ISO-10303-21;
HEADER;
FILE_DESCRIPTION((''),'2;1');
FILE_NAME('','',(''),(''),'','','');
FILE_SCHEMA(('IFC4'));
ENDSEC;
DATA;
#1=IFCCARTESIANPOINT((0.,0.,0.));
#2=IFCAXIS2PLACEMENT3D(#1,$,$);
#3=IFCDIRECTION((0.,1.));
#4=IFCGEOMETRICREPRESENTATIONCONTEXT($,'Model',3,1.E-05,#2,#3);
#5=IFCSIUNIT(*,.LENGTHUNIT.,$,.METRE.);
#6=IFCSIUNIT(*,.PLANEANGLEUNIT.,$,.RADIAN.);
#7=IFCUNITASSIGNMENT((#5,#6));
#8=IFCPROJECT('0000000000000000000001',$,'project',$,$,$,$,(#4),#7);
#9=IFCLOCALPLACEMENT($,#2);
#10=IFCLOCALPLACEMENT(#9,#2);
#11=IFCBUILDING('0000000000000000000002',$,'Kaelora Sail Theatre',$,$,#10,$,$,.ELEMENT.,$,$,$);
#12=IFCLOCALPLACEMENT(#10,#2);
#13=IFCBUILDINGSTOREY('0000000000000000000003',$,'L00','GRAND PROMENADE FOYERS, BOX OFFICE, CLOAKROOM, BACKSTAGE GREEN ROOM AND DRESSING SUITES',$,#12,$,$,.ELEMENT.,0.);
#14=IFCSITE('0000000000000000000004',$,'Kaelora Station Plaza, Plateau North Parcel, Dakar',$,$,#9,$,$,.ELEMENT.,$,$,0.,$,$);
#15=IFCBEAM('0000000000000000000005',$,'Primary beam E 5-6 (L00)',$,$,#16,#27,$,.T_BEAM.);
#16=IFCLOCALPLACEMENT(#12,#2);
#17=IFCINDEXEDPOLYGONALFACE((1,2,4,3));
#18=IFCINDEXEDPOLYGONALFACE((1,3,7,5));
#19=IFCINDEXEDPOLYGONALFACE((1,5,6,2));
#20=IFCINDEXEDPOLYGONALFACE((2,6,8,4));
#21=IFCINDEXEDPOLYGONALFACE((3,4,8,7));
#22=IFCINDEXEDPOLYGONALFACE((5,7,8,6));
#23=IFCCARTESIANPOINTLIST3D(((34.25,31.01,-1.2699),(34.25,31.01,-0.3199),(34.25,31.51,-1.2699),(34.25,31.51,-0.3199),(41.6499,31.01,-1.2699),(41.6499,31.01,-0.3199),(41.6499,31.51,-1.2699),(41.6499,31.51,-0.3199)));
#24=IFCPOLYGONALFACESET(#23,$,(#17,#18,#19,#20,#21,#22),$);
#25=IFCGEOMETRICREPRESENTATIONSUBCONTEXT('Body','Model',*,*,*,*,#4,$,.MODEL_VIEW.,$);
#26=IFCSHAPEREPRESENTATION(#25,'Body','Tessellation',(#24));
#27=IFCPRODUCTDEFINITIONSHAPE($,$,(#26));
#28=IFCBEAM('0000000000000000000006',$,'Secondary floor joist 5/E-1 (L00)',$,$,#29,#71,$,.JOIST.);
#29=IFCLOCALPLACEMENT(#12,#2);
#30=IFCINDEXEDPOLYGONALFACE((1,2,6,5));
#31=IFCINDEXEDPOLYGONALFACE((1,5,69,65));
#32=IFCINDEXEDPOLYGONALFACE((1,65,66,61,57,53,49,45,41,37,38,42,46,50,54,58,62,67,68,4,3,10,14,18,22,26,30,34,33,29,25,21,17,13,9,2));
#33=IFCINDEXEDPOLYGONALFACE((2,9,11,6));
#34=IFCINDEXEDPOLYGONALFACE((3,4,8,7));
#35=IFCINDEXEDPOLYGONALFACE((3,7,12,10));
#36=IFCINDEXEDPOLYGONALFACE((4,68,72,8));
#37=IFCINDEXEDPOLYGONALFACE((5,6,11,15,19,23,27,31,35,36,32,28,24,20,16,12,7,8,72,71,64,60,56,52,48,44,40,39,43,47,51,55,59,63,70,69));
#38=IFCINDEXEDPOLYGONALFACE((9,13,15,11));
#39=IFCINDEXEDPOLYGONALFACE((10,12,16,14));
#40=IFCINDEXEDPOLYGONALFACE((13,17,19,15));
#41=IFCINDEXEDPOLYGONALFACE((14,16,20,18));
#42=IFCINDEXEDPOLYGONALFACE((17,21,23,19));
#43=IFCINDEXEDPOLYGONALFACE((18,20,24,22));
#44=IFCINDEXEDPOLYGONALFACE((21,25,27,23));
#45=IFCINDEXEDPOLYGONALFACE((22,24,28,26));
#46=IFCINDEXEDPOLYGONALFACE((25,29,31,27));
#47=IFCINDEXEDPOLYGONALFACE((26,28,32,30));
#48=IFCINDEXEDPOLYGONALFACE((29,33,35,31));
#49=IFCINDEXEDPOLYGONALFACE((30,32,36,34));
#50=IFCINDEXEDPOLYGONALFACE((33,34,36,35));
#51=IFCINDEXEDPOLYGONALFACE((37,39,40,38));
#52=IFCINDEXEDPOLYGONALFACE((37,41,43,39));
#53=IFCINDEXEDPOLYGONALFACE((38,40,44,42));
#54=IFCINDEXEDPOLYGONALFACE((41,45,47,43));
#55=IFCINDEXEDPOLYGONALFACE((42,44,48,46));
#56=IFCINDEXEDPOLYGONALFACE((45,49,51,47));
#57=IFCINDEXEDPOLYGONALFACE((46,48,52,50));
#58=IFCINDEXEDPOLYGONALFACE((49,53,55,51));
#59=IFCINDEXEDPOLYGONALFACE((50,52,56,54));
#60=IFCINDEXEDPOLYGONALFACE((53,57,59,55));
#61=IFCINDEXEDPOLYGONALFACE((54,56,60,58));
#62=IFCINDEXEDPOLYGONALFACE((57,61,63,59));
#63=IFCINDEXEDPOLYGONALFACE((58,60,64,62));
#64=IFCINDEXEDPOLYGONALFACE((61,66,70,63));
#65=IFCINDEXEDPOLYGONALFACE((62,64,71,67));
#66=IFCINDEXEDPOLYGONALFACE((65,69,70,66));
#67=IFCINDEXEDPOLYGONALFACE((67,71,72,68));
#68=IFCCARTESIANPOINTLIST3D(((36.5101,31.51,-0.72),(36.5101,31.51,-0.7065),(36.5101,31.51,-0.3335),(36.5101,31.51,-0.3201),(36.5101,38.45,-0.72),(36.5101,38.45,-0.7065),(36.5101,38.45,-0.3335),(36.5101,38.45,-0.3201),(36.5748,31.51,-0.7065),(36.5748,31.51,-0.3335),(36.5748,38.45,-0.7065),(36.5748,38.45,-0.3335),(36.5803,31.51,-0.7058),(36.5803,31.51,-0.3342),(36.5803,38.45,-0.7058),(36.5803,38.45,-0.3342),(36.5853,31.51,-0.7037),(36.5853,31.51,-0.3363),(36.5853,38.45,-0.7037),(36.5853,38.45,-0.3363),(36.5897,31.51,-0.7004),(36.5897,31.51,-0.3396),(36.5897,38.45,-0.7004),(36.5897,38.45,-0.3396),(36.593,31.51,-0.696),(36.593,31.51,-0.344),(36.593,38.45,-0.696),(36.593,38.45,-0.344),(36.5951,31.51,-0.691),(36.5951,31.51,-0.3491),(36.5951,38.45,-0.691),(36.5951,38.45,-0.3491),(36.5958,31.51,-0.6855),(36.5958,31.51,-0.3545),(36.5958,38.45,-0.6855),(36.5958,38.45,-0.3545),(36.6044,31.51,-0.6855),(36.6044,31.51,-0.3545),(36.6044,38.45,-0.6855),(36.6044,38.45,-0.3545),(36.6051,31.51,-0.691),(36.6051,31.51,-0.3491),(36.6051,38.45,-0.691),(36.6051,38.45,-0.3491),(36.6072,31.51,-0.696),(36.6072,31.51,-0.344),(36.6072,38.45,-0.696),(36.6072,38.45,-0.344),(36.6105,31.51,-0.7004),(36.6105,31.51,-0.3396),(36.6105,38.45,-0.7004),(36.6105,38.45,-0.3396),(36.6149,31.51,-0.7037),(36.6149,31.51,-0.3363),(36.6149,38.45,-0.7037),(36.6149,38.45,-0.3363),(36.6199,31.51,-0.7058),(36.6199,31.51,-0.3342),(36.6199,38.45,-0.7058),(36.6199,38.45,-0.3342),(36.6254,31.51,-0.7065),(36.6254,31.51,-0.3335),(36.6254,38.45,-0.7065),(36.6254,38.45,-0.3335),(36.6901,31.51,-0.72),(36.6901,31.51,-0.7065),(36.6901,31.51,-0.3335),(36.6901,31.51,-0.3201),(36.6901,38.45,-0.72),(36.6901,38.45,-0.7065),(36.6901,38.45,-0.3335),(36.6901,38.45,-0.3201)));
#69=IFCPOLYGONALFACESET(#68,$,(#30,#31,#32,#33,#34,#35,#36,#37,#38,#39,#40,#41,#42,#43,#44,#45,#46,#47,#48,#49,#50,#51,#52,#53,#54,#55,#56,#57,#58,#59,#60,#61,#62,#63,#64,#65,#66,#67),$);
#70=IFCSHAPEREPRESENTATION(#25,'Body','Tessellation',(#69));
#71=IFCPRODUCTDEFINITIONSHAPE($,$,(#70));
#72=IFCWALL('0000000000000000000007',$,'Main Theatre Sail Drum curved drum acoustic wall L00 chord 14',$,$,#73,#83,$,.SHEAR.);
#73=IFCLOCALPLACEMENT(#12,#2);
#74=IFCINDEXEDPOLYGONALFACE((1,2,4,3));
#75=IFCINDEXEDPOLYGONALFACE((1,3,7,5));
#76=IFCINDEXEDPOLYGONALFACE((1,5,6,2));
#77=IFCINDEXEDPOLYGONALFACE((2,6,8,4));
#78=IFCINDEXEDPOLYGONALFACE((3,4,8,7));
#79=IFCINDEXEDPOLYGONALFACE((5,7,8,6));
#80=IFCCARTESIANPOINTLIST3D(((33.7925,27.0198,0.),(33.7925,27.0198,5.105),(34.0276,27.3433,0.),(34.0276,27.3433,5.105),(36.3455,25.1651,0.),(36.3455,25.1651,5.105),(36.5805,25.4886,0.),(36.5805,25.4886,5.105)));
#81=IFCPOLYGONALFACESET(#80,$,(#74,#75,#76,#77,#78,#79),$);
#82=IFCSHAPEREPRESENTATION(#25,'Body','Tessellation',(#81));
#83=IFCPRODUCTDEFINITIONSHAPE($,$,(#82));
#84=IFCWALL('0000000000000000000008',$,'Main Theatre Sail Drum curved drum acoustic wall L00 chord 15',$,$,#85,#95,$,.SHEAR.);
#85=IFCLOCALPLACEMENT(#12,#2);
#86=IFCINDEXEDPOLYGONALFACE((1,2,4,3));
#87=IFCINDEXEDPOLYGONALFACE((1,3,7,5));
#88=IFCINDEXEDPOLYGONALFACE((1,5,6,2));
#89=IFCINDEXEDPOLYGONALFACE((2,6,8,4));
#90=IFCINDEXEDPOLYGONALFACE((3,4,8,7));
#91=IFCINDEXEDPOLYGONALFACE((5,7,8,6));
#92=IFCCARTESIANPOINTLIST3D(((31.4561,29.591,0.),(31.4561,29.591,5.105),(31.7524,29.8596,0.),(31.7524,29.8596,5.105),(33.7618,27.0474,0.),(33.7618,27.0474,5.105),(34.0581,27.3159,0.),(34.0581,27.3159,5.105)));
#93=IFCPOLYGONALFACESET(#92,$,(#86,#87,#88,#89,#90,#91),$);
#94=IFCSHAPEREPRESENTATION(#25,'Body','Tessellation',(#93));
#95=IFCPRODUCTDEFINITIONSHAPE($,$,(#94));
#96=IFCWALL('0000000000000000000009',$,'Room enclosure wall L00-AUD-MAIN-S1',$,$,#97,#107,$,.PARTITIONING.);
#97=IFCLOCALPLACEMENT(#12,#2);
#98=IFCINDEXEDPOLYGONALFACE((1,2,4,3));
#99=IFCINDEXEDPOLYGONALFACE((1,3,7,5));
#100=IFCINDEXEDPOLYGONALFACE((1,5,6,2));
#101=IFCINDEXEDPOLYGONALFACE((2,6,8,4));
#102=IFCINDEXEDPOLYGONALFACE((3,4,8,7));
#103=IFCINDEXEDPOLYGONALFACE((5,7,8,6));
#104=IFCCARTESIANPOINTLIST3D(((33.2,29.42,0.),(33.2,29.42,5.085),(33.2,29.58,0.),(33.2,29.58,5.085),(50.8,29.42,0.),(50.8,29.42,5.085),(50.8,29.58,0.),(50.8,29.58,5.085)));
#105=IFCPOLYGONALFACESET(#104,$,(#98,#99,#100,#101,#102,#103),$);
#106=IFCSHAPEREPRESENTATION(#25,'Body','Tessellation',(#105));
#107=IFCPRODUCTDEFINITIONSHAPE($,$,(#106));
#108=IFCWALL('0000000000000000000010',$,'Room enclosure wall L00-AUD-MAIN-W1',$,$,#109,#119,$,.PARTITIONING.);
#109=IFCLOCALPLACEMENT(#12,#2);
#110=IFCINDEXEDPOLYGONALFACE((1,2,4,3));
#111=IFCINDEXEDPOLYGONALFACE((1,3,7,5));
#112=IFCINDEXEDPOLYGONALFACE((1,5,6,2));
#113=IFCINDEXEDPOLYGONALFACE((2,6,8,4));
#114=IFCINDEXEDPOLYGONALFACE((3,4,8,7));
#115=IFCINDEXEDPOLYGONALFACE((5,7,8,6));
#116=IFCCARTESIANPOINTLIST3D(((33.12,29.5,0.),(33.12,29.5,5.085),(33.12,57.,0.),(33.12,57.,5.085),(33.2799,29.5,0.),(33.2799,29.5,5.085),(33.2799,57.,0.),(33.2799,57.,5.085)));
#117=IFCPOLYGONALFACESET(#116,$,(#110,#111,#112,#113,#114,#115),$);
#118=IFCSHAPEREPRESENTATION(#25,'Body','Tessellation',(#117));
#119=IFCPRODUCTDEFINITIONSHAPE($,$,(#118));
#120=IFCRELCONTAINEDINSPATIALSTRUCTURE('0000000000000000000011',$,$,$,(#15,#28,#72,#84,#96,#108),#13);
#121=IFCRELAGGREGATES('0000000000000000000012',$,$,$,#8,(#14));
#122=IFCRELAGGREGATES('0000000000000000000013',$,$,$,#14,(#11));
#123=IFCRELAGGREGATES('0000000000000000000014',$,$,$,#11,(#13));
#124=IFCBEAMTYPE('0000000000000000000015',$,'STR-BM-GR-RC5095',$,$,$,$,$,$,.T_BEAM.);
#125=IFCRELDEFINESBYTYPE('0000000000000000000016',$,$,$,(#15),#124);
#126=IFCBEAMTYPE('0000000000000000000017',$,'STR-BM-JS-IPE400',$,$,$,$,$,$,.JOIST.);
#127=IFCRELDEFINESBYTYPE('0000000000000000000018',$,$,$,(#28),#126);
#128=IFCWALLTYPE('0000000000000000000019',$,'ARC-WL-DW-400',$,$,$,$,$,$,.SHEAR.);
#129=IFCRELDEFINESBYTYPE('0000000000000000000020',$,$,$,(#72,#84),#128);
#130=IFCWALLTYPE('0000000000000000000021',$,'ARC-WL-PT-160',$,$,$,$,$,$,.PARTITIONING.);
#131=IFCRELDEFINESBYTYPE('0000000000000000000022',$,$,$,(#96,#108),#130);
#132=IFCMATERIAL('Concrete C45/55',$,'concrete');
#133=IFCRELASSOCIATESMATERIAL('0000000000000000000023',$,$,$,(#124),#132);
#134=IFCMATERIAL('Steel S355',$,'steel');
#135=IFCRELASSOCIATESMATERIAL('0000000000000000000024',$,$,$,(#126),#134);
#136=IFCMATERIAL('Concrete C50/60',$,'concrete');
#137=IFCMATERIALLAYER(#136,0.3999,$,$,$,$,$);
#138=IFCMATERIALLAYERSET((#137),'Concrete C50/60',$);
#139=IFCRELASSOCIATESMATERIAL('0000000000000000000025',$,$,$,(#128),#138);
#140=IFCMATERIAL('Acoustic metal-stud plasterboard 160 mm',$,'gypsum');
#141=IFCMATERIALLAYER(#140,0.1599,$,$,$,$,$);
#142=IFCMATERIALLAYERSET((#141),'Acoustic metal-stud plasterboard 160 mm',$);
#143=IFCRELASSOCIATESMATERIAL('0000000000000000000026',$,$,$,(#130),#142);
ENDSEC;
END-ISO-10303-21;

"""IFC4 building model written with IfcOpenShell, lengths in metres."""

from ifc_helpers import new_model, si_unit, direction, frame, frame_2d, origin, origin_2d, place, context, subcontext, project, spatial, rectangle, i_section, extrude, material, layer, layer_set, material_profile, profile_set, type_object, element, save


model = new_model("IFC4")

# Units and contexts
model_context = context("Model", 3, precision=1e-05, world=origin(), true_north=direction((0.0, 1.0)))
body_context = subcontext(model_context, "Body", "Model", "MODEL_VIEW")
ifc_project = project(units=[si_unit("LENGTHUNIT", "METRE"), si_unit("PLANEANGLEUNIT", "RADIAN")], contexts=[model_context])

# Site, building, storey
site_placement = place(None, origin())
site = spatial("IfcSite", under=ifc_project, at=site_placement, Name="Kaelora Station Plaza, Plateau North Parcel, Dakar", CompositionType="ELEMENT", RefElevation=0.0)
building_placement = place(site_placement, origin())
building = spatial("IfcBuilding", under=site, at=building_placement, Name="Kaelora Sail Theatre", CompositionType="ELEMENT")
storey_placement = place(building_placement, origin())
storey = spatial("IfcBuildingStorey", under=building, at=storey_placement, Name="L00", Description="GRAND PROMENADE FOYERS, BOX OFFICE, CLOAKROOM, BACKSTAGE GREEN ROOM AND DRESSING SUITES", CompositionType="ELEMENT", Elevation=0.0)

# Beams
ifc_material_1 = material(Name="Concrete C45/55", Category="concrete")
ifc_material_profile_1 = material_profile(ifc_material_1, rectangle(XDim=0.5, YDim=0.95, at=origin_2d()), Name="RC-GRD 500x950")
ifc_profile_set_1 = profile_set([ifc_material_profile_1], Name="Concrete C45/55")
beam_type_1 = type_object("IfcBeamType", Name="STR-BM-GR-RC5095", PredefinedType="T_BEAM", material=ifc_profile_set_1)
beam_1_placement = place(storey_placement, frame((34.25, 31.26, -0.7949), z_axis=(1.0, 0.0, 0.0), x_axis=(0.0, 1.0, 0.0)))
element("IfcBeam", 1, at=beam_1_placement, inside=storey, type_object=beam_type_1, Name="Primary beam E 5-6 (L00)", PredefinedType="T_BEAM", context=body_context, shape_type="SweptSolid", body=[
    extrude(rectangle(XDim=0.5, YDim=0.95, at=origin_2d()), origin(), (0.0, 0.0, 1.0), 7.3999),
])
ifc_material_2 = material(Name="Steel S355", Category="steel")
ifc_material_profile_2 = material_profile(ifc_material_2, i_section(OverallWidth=0.1799, OverallDepth=0.3999, WebThickness=0.0085, FlangeThickness=0.0134, FilletRadius=0.021, at=origin_2d()), Name="IPE 400")
ifc_profile_set_2 = profile_set([ifc_material_profile_2], Name="Steel S355")
beam_type_2 = type_object("IfcBeamType", Name="STR-BM-JS-IPE400", PredefinedType="JOIST", material=ifc_profile_set_2)
beam_2_placement = place(storey_placement, frame((36.6001, 31.51, -0.52), z_axis=(0.0, 1.0, 0.0), x_axis=(-1.0, 0.0, 0.0)))
element("IfcBeam", 2, at=beam_2_placement, inside=storey, type_object=beam_type_2, Name="Secondary floor joist 5/E-1 (L00)", PredefinedType="JOIST", context=body_context, shape_type="SweptSolid", body=[
    extrude(i_section(OverallWidth=0.1799, OverallDepth=0.3999, WebThickness=0.0085, FlangeThickness=0.0134, FilletRadius=0.021, at=origin_2d()), origin(), (0.0, 0.0, 1.0), 6.9399),
])

# Walls
ifc_material_3 = material(Name="Concrete C50/60", Category="concrete")
ifc_layer_1 = layer(ifc_material_3, 0.3999)
ifc_layer_set_1 = layer_set([ifc_layer_1], Name="Concrete C50/60")
wall_type_1 = type_object("IfcWallType", Name="ARC-WL-DW-400", PredefinedType="SHEAR", material=ifc_layer_set_1)
wall_1_placement = place(storey_placement, frame((36.4629, 25.3269, 0.0), z_axis=(0.0, 0.0, 1.0), x_axis=(-0.809034, 0.587762, 0.0)))
element("IfcWall", 3, at=wall_1_placement, inside=storey, type_object=wall_type_1, Name="Main Theatre Sail Drum curved drum acoustic wall L00 chord 14", PredefinedType="SHEAR", context=body_context, shape_type="SweptSolid", body=[
    extrude(rectangle(XDim=3.1555, YDim=0.3999, at=frame_2d((1.5776, 0.0))), origin(), (0.0, 0.0, 1.0), 5.105),
])
wall_2_placement = place(storey_placement, frame((33.9099, 27.1816, 0.0), z_axis=(0.0, 0.0, 1.0), x_axis=(-0.671589, 0.740924, 0.0)))
element("IfcWall", 4, at=wall_2_placement, inside=storey, type_object=wall_type_1, Name="Main Theatre Sail Drum curved drum acoustic wall L00 chord 15", PredefinedType="SHEAR", context=body_context, shape_type="SweptSolid", body=[
    extrude(rectangle(XDim=3.4331, YDim=0.3999, at=frame_2d((1.7166, 0.0))), origin(), (0.0, 0.0, 1.0), 5.105),
])
ifc_material_4 = material(Name="Acoustic metal-stud plasterboard 160 mm", Category="gypsum")
ifc_layer_2 = layer(ifc_material_4, 0.1599)
ifc_layer_set_2 = layer_set([ifc_layer_2], Name="Acoustic metal-stud plasterboard 160 mm")
wall_type_2 = type_object("IfcWallType", Name="ARC-WL-PT-160", PredefinedType="PARTITIONING", material=ifc_layer_set_2)
wall_3_placement = place(storey_placement, frame((33.2, 29.5, 0.0), z_axis=(0.0, 0.0, 1.0), x_axis=(1.0, 0.0, 0.0)))
element("IfcWall", 5, at=wall_3_placement, inside=storey, type_object=wall_type_2, Name="Room enclosure wall L00-AUD-MAIN-S1", PredefinedType="PARTITIONING", context=body_context, shape_type="SweptSolid", body=[
    extrude(rectangle(XDim=17.6001, YDim=0.1599, at=frame_2d((8.8, 0.0))), origin(), (0.0, 0.0, 1.0), 5.085),
])
wall_4_placement = place(storey_placement, frame((33.2, 29.5, 0.0), z_axis=(0.0, 0.0, 1.0), x_axis=(0.0, 1.0, 0.0)))
element("IfcWall", 6, at=wall_4_placement, inside=storey, type_object=wall_type_2, Name="Room enclosure wall L00-AUD-MAIN-W1", PredefinedType="PARTITIONING", context=body_context, shape_type="SweptSolid", body=[
    extrude(rectangle(XDim=27.5, YDim=0.1599, at=frame_2d((13.75, 0.0))), origin(), (0.0, 0.0, 1.0), 5.085),
])

save(model, "model.ifc")
